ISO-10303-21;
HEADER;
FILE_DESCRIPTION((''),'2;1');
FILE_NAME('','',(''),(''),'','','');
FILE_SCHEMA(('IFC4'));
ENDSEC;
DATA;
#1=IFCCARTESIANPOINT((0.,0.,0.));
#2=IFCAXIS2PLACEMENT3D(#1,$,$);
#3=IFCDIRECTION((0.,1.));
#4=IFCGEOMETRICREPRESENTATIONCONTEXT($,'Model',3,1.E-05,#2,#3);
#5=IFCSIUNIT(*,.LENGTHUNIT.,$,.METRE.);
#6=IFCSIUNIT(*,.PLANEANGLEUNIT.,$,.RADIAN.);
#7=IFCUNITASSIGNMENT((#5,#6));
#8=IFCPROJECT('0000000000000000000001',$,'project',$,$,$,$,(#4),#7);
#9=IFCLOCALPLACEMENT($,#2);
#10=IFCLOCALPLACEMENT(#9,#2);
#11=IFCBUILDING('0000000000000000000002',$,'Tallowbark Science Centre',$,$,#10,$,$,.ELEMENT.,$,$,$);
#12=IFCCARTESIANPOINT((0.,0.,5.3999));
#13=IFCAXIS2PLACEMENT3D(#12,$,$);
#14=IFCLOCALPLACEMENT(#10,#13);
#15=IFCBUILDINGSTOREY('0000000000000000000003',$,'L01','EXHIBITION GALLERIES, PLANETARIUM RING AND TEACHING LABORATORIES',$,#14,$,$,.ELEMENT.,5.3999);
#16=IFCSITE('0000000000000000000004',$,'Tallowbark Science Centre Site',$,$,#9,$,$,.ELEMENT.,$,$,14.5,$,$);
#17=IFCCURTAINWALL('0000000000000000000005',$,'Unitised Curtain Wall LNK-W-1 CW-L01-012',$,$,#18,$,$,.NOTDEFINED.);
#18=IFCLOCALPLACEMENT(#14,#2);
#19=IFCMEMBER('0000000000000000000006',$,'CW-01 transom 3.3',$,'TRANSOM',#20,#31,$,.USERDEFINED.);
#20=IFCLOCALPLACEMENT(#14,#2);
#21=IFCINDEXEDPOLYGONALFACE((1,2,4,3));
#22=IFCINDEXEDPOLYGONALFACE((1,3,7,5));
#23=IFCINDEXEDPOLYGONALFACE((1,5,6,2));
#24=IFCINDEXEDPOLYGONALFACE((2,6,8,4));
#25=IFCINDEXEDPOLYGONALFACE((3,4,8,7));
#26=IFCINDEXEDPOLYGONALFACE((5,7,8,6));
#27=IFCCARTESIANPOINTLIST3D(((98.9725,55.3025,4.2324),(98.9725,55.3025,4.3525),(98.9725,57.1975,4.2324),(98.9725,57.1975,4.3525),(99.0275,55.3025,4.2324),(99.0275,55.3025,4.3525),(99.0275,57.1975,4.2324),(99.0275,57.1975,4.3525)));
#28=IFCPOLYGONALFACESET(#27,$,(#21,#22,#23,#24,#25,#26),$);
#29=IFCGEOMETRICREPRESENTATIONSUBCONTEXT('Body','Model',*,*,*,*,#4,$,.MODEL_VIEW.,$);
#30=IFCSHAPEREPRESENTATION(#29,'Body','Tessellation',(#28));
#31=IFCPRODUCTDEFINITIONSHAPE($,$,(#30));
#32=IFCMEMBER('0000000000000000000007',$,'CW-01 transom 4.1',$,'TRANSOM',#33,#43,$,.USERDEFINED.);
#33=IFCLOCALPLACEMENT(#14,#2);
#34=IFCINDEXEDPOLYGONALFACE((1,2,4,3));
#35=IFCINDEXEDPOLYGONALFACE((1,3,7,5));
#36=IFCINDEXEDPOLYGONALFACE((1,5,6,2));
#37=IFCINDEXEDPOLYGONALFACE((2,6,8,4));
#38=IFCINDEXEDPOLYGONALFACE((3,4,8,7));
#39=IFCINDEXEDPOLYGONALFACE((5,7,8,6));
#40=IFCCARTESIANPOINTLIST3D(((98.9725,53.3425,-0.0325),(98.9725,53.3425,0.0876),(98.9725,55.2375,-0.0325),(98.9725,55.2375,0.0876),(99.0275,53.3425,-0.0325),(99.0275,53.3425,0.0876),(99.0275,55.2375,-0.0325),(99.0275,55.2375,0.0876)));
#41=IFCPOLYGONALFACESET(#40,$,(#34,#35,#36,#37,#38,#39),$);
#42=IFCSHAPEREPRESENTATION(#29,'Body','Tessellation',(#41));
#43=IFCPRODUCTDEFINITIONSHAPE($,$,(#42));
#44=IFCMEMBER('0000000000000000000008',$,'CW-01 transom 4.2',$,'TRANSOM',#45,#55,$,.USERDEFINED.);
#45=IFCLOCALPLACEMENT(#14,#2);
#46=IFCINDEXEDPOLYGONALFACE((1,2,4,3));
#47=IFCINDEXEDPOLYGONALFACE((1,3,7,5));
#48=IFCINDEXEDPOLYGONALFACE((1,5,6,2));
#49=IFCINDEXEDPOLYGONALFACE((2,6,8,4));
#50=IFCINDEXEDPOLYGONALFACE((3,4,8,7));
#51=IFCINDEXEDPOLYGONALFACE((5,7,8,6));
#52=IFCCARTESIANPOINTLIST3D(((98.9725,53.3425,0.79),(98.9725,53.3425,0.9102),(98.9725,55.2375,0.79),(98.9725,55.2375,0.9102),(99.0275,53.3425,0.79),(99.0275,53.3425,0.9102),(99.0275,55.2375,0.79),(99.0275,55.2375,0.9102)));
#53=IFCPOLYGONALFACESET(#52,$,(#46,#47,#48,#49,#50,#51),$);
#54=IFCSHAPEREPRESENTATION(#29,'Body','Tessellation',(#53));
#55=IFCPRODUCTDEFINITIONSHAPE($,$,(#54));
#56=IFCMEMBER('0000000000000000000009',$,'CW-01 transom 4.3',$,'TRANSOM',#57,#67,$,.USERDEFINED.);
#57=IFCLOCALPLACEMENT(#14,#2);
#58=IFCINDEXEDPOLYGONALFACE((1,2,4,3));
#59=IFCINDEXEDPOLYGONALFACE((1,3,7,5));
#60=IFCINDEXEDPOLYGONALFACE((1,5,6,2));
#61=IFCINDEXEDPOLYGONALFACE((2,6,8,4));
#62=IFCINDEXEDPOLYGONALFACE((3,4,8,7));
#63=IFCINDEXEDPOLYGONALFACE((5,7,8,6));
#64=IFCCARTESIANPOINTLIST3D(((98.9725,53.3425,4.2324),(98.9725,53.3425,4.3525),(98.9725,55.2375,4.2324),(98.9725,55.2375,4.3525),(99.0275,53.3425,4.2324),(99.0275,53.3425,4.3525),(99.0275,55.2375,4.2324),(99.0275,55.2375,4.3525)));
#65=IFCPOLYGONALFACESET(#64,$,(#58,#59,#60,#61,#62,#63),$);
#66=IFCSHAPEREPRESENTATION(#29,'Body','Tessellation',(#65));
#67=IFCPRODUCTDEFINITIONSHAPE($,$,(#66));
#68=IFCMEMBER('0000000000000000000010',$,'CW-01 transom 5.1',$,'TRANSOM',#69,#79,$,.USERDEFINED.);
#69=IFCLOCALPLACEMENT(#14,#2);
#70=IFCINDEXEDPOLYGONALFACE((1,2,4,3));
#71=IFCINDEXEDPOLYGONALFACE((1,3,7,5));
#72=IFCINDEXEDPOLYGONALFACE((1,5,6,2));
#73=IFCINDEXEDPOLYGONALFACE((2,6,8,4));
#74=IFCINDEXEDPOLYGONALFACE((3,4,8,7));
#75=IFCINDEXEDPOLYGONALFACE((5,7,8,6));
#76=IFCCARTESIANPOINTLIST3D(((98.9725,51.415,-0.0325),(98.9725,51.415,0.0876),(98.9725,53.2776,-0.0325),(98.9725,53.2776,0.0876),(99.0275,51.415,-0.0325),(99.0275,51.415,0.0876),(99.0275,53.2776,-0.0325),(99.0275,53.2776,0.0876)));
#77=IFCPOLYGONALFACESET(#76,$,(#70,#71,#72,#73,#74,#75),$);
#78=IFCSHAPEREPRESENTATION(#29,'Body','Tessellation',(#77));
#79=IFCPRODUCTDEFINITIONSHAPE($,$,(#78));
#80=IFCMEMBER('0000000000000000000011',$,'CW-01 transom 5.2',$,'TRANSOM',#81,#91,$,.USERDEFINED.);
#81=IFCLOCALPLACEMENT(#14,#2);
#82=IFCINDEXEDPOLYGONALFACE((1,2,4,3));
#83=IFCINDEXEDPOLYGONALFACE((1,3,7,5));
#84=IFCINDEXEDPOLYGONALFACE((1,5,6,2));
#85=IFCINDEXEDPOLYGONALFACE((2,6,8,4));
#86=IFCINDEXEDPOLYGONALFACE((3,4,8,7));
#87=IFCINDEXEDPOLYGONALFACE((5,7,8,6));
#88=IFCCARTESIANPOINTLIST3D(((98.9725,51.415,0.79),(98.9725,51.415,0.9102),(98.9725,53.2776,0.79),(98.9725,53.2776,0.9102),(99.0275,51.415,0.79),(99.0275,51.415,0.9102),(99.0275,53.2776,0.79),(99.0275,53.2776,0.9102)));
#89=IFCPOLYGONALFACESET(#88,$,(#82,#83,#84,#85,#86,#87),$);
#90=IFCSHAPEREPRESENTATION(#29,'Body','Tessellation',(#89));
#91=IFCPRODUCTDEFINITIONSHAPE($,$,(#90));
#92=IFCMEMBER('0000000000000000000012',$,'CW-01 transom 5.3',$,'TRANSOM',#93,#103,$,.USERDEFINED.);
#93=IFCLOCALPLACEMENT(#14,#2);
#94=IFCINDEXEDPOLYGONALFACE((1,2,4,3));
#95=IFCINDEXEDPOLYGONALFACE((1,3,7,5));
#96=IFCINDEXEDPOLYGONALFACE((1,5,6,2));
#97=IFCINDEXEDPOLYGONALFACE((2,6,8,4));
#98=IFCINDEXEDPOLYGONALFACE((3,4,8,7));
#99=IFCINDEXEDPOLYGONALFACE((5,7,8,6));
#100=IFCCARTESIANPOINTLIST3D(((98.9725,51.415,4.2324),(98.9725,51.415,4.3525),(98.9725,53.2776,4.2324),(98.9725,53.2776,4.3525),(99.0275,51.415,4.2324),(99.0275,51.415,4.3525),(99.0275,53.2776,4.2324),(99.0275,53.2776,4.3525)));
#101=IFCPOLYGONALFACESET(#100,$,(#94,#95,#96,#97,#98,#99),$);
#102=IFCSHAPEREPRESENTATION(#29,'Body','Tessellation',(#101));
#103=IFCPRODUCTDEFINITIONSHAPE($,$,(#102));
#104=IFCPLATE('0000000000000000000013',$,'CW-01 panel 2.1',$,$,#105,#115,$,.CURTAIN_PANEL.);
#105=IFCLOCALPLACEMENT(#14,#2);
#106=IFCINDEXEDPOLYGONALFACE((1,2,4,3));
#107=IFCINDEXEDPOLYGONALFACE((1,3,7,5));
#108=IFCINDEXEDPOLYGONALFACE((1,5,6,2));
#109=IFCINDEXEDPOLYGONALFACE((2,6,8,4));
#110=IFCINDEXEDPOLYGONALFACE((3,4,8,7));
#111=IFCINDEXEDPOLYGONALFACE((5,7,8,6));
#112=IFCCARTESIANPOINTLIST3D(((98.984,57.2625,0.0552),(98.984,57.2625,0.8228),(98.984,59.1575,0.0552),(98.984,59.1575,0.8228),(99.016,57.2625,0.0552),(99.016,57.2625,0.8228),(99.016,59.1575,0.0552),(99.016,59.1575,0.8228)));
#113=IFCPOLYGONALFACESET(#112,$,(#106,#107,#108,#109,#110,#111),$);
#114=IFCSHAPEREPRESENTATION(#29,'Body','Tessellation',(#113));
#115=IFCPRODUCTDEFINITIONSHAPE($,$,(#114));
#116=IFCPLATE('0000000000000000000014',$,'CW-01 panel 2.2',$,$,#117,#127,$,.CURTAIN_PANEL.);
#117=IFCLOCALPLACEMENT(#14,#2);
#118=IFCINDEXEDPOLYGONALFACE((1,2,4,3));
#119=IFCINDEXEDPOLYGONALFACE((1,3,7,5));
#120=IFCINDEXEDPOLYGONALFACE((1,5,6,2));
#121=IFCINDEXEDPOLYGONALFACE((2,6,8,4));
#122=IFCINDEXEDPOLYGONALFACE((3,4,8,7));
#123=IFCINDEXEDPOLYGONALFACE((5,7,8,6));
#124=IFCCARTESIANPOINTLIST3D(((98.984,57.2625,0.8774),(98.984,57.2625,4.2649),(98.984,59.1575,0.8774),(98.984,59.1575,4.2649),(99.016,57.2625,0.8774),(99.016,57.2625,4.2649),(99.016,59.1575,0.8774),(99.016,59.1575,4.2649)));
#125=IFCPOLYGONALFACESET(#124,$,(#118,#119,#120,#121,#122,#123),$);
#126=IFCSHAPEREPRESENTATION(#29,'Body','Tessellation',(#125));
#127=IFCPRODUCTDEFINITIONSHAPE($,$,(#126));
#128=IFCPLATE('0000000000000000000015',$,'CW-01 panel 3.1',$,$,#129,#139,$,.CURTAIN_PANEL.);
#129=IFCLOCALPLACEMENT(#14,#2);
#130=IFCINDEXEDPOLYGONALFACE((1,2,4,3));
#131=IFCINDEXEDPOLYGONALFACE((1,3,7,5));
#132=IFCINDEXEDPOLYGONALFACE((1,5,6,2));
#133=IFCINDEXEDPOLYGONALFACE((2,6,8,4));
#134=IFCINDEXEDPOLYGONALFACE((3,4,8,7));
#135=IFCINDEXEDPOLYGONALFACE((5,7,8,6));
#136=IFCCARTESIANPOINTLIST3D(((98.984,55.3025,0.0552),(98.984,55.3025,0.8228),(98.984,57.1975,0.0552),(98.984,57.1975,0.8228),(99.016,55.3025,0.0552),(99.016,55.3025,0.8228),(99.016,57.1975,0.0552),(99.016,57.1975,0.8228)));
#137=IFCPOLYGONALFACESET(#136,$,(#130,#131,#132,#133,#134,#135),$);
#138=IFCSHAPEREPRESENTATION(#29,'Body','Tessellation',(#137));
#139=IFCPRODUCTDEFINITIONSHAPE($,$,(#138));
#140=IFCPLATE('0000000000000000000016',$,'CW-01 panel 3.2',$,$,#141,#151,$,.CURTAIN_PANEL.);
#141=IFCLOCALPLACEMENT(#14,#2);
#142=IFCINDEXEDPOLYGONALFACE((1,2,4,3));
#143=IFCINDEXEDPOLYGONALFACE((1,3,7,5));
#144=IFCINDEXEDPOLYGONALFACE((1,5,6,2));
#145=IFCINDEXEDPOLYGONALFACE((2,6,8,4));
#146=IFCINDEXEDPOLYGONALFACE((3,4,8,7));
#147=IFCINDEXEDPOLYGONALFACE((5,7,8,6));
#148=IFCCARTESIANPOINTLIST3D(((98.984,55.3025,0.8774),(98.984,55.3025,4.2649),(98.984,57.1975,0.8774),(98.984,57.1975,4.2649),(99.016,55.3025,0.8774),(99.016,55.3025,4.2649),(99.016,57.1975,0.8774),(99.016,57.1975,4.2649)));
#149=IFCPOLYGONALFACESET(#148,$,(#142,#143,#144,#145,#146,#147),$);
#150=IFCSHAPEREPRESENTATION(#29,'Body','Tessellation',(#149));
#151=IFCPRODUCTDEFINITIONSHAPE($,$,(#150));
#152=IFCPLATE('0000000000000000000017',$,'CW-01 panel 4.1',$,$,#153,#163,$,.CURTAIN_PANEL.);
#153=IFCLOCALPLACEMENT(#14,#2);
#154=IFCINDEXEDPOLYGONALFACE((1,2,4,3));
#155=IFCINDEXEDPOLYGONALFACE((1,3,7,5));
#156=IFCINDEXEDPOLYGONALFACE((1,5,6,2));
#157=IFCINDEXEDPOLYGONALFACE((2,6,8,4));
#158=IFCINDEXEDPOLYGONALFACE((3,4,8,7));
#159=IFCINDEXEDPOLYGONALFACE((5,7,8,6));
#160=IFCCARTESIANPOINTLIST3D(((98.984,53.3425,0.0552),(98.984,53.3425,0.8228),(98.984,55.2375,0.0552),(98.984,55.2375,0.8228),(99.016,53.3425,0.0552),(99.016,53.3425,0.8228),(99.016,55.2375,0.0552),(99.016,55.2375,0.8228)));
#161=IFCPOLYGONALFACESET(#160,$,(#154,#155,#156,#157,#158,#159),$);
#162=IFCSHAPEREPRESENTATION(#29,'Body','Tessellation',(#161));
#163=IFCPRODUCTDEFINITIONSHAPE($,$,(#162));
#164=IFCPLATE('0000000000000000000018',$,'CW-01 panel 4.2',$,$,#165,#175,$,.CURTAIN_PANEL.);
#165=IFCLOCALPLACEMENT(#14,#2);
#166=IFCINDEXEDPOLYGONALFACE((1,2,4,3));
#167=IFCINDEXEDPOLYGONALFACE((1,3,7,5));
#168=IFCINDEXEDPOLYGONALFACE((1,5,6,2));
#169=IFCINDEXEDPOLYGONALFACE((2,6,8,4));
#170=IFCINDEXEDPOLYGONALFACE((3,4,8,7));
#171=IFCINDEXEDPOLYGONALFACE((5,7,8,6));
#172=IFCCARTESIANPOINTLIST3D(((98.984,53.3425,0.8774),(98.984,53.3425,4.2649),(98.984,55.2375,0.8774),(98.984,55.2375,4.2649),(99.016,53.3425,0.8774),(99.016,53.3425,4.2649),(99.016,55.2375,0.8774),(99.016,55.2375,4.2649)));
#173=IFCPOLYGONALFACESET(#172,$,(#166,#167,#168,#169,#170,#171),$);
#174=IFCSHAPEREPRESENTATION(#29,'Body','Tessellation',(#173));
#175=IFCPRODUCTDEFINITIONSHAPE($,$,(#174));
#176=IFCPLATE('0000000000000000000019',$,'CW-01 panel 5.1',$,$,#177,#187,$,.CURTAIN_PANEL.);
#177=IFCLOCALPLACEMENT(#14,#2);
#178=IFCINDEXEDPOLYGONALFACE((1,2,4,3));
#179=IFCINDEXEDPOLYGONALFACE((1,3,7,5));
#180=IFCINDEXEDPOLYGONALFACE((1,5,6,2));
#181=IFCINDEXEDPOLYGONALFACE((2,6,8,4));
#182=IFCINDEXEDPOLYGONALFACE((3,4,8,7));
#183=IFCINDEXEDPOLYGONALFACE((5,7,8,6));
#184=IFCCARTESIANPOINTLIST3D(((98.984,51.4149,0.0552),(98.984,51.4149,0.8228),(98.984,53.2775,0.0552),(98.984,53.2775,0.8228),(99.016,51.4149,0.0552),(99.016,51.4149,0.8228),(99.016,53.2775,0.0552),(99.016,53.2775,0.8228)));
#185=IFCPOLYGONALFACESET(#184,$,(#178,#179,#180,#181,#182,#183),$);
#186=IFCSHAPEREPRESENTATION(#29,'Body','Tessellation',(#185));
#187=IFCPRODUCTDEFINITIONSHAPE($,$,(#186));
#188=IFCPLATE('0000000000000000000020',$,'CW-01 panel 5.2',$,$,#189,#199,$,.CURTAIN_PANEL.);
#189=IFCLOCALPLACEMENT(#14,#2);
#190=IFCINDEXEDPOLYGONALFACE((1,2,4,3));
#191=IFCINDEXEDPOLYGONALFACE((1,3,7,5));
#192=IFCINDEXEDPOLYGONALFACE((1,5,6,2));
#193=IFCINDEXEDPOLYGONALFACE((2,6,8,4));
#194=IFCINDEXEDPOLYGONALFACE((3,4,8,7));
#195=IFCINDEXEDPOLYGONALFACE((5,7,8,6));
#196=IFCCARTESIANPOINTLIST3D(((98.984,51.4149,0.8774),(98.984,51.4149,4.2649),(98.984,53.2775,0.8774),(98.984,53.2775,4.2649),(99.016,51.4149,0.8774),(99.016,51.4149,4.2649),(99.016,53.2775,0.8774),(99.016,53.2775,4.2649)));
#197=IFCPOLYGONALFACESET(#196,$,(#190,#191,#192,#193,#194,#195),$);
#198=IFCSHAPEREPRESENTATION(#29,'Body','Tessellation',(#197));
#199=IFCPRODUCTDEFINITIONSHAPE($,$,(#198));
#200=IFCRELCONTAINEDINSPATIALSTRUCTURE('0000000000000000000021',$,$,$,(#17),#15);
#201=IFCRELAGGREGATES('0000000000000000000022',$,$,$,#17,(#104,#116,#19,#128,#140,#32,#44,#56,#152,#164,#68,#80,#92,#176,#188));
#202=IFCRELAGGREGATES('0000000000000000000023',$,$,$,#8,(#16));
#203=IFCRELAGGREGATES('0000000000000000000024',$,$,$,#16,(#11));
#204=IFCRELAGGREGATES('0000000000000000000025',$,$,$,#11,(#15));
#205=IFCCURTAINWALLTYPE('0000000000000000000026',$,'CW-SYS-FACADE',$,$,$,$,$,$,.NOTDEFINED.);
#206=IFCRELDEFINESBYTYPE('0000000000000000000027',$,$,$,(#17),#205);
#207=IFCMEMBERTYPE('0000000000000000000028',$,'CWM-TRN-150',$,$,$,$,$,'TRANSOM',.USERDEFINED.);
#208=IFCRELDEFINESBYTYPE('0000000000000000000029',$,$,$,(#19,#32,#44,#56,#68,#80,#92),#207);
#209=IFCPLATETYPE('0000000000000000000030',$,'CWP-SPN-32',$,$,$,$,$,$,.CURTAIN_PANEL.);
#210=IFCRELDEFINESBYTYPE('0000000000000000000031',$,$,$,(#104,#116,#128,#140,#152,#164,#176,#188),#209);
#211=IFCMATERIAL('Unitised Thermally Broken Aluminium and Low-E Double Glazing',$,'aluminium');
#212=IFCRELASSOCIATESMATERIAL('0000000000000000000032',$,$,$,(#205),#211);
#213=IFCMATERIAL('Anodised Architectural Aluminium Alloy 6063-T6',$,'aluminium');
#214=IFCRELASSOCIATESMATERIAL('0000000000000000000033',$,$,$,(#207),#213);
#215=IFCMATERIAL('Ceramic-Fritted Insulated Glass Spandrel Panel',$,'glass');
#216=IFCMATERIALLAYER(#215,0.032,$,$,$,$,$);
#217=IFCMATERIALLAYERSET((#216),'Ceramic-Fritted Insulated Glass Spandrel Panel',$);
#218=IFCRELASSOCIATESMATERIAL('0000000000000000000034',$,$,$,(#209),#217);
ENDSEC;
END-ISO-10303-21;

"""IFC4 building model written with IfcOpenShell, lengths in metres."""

from ifc_helpers import new_model, si_unit, direction, frame, origin, origin_2d, place, context, subcontext, project, spatial, rectangle, extrude, material, layer, layer_set, material_profile, profile_set, type_object, element, aggregate, save


model = new_model("IFC4")

# Units and contexts
model_context = context("Model", 3, precision=1e-05, world=origin(), true_north=direction((0.0, 1.0)))
body_context = subcontext(model_context, "Body", "Model", "MODEL_VIEW")
ifc_project = project(units=[si_unit("LENGTHUNIT", "METRE"), si_unit("PLANEANGLEUNIT", "RADIAN")], contexts=[model_context])

# Site, building, storey
site_placement = place(None, origin())
site = spatial("IfcSite", under=ifc_project, at=site_placement, Name="Tallowbark Science Centre Site", CompositionType="ELEMENT", RefElevation=14.5)
building_placement = place(site_placement, origin())
building = spatial("IfcBuilding", under=site, at=building_placement, Name="Tallowbark Science Centre", CompositionType="ELEMENT")
storey_placement = place(building_placement, frame((0.0, 0.0, 5.3999)))
storey = spatial("IfcBuildingStorey", under=building, at=storey_placement, Name="L01", Description="EXHIBITION GALLERIES, PLANETARIUM RING AND TEACHING LABORATORIES", CompositionType="ELEMENT", Elevation=5.3999)

# Curtain wall, members, plates
ifc_material_1 = material(Name="Unitised Thermally Broken Aluminium and Low-E Double Glazing", Category="aluminium")
curtain_wall_type = type_object("IfcCurtainWallType", Name="CW-SYS-FACADE", PredefinedType="NOTDEFINED", material=ifc_material_1)
curtain_wall_placement = place(storey_placement, origin())
curtain_wall = element("IfcCurtainWall", 1, at=curtain_wall_placement, inside=storey, type_object=curtain_wall_type, Name="Unitised Curtain Wall LNK-W-1 CW-L01-012", PredefinedType="NOTDEFINED")
ifc_material_2 = material(Name="Anodised Architectural Aluminium Alloy 6063-T6", Category="aluminium")
ifc_material_profile_1 = material_profile(ifc_material_2, rectangle(XDim=0.0549, YDim=0.1201, at=origin_2d()), Name="ALU55x120")
ifc_profile_set_1 = profile_set([ifc_material_profile_1], Name="Anodised Architectural Aluminium Alloy 6063-T6")
member_type_1 = type_object("IfcMemberType", Name="CWM-TRN-150", ElementType="TRANSOM", PredefinedType="USERDEFINED", material=ifc_profile_set_1)
member_1_placement = place(storey_placement, frame((99.0, 57.1975, 4.2925), z_axis=(0.0, -1.0, 0.0), x_axis=(1.0, 0.0, 0.0)))
member_1 = element("IfcMember", 2, at=member_1_placement, type_object=member_type_1, Name="CW-01 transom 3.3", ObjectType="TRANSOM", PredefinedType="USERDEFINED", context=body_context, shape_type="SweptSolid", body=[
    extrude(rectangle(XDim=0.0549, YDim=0.1201, at=origin_2d()), origin(), (0.0, 0.0, 1.0), 1.895),
])
member_2_placement = place(storey_placement, frame((99.0, 55.2375, 0.0276), z_axis=(0.0, -1.0, 0.0), x_axis=(1.0, 0.0, 0.0)))
member_2 = element("IfcMember", 3, at=member_2_placement, type_object=member_type_1, Name="CW-01 transom 4.1", ObjectType="TRANSOM", PredefinedType="USERDEFINED", context=body_context, shape_type="SweptSolid", body=[
    extrude(rectangle(XDim=0.0549, YDim=0.1201, at=origin_2d()), origin(), (0.0, 0.0, 1.0), 1.895),
])
member_3_placement = place(storey_placement, frame((99.0, 55.2375, 0.8501), z_axis=(0.0, -1.0, 0.0), x_axis=(1.0, 0.0, 0.0)))
member_3 = element("IfcMember", 4, at=member_3_placement, type_object=member_type_1, Name="CW-01 transom 4.2", ObjectType="TRANSOM", PredefinedType="USERDEFINED", context=body_context, shape_type="SweptSolid", body=[
    extrude(rectangle(XDim=0.0549, YDim=0.1201, at=origin_2d()), origin(), (0.0, 0.0, 1.0), 1.895),
])
member_4_placement = place(storey_placement, frame((99.0, 55.2375, 4.2925), z_axis=(0.0, -1.0, 0.0), x_axis=(1.0, 0.0, 0.0)))
member_4 = element("IfcMember", 5, at=member_4_placement, type_object=member_type_1, Name="CW-01 transom 4.3", ObjectType="TRANSOM", PredefinedType="USERDEFINED", context=body_context, shape_type="SweptSolid", body=[
    extrude(rectangle(XDim=0.0549, YDim=0.1201, at=origin_2d()), origin(), (0.0, 0.0, 1.0), 1.895),
])
member_5_placement = place(storey_placement, frame((99.0, 53.2776, 0.0276), z_axis=(0.0, -1.0, 0.0), x_axis=(1.0, 0.0, 0.0)))
member_5 = element("IfcMember", 6, at=member_5_placement, type_object=member_type_1, Name="CW-01 transom 5.1", ObjectType="TRANSOM", PredefinedType="USERDEFINED", context=body_context, shape_type="SweptSolid", body=[
    extrude(rectangle(XDim=0.0549, YDim=0.1201, at=origin_2d()), origin(), (0.0, 0.0, 1.0), 1.8625),
])
member_6_placement = place(storey_placement, frame((99.0, 53.2776, 0.8501), z_axis=(0.0, -1.0, 0.0), x_axis=(1.0, 0.0, 0.0)))
member_6 = element("IfcMember", 7, at=member_6_placement, type_object=member_type_1, Name="CW-01 transom 5.2", ObjectType="TRANSOM", PredefinedType="USERDEFINED", context=body_context, shape_type="SweptSolid", body=[
    extrude(rectangle(XDim=0.0549, YDim=0.1201, at=origin_2d()), origin(), (0.0, 0.0, 1.0), 1.8625),
])
member_7_placement = place(storey_placement, frame((99.0, 53.2776, 4.2925), z_axis=(0.0, -1.0, 0.0), x_axis=(1.0, 0.0, 0.0)))
member_7 = element("IfcMember", 8, at=member_7_placement, type_object=member_type_1, Name="CW-01 transom 5.3", ObjectType="TRANSOM", PredefinedType="USERDEFINED", context=body_context, shape_type="SweptSolid", body=[
    extrude(rectangle(XDim=0.0549, YDim=0.1201, at=origin_2d()), origin(), (0.0, 0.0, 1.0), 1.8625),
])
ifc_material_3 = material(Name="Ceramic-Fritted Insulated Glass Spandrel Panel", Category="glass")
ifc_layer_1 = layer(ifc_material_3, 0.032)
ifc_layer_set_1 = layer_set([ifc_layer_1], Name="Ceramic-Fritted Insulated Glass Spandrel Panel")
plate_type = type_object("IfcPlateType", Name="CWP-SPN-32", PredefinedType="CURTAIN_PANEL", material=ifc_layer_set_1)
plate_1_placement = place(storey_placement, frame((99.0, 58.21, 0.0552), z_axis=(0.0, 0.0, 1.0), x_axis=(0.0, -1.0, 0.0)))
plate_1 = element("IfcPlate", 9, at=plate_1_placement, type_object=plate_type, Name="CW-01 panel 2.1", PredefinedType="CURTAIN_PANEL", context=body_context, shape_type="SweptSolid", body=[
    extrude(rectangle(XDim=1.895, YDim=0.032, at=origin_2d()), origin(), (0.0, 0.0, 1.0), 0.7676),
])
plate_2_placement = place(storey_placement, frame((99.0, 58.21, 0.8774), z_axis=(0.0, 0.0, 1.0), x_axis=(0.0, -1.0, 0.0)))
plate_2 = element("IfcPlate", 10, at=plate_2_placement, type_object=plate_type, Name="CW-01 panel 2.2", PredefinedType="CURTAIN_PANEL", context=body_context, shape_type="SweptSolid", body=[
    extrude(rectangle(XDim=1.895, YDim=0.032, at=origin_2d()), origin(), (0.0, 0.0, 1.0), 3.3875),
])
plate_3_placement = place(storey_placement, frame((99.0, 56.25, 0.0552), z_axis=(0.0, 0.0, 1.0), x_axis=(0.0, -1.0, 0.0)))
plate_3 = element("IfcPlate", 11, at=plate_3_placement, type_object=plate_type, Name="CW-01 panel 3.1", PredefinedType="CURTAIN_PANEL", context=body_context, shape_type="SweptSolid", body=[
    extrude(rectangle(XDim=1.895, YDim=0.032, at=origin_2d()), origin(), (0.0, 0.0, 1.0), 0.7676),
])
plate_4_placement = place(storey_placement, frame((99.0, 56.25, 0.8774), z_axis=(0.0, 0.0, 1.0), x_axis=(0.0, -1.0, 0.0)))
plate_4 = element("IfcPlate", 12, at=plate_4_placement, type_object=plate_type, Name="CW-01 panel 3.2", PredefinedType="CURTAIN_PANEL", context=body_context, shape_type="SweptSolid", body=[
    extrude(rectangle(XDim=1.895, YDim=0.032, at=origin_2d()), origin(), (0.0, 0.0, 1.0), 3.3875),
])
plate_5_placement = place(storey_placement, frame((99.0, 54.29, 0.0552), z_axis=(0.0, 0.0, 1.0), x_axis=(0.0, -1.0, 0.0)))
plate_5 = element("IfcPlate", 13, at=plate_5_placement, type_object=plate_type, Name="CW-01 panel 4.1", PredefinedType="CURTAIN_PANEL", context=body_context, shape_type="SweptSolid", body=[
    extrude(rectangle(XDim=1.895, YDim=0.032, at=origin_2d()), origin(), (0.0, 0.0, 1.0), 0.7676),
])
plate_6_placement = place(storey_placement, frame((99.0, 54.29, 0.8774), z_axis=(0.0, 0.0, 1.0), x_axis=(0.0, -1.0, 0.0)))
plate_6 = element("IfcPlate", 14, at=plate_6_placement, type_object=plate_type, Name="CW-01 panel 4.2", PredefinedType="CURTAIN_PANEL", context=body_context, shape_type="SweptSolid", body=[
    extrude(rectangle(XDim=1.895, YDim=0.032, at=origin_2d()), origin(), (0.0, 0.0, 1.0), 3.3875),
])
plate_7_placement = place(storey_placement, frame((99.0, 52.3462, 0.0552), z_axis=(0.0, 0.0, 1.0), x_axis=(0.0, -1.0, 0.0)))
plate_7 = element("IfcPlate", 15, at=plate_7_placement, type_object=plate_type, Name="CW-01 panel 5.1", PredefinedType="CURTAIN_PANEL", context=body_context, shape_type="SweptSolid", body=[
    extrude(rectangle(XDim=1.8625, YDim=0.032, at=origin_2d()), origin(), (0.0, 0.0, 1.0), 0.7676),
])
plate_8_placement = place(storey_placement, frame((99.0, 52.3462, 0.8774), z_axis=(0.0, 0.0, 1.0), x_axis=(0.0, -1.0, 0.0)))
plate_8 = element("IfcPlate", 16, at=plate_8_placement, type_object=plate_type, Name="CW-01 panel 5.2", PredefinedType="CURTAIN_PANEL", context=body_context, shape_type="SweptSolid", body=[
    extrude(rectangle(XDim=1.8625, YDim=0.032, at=origin_2d()), origin(), (0.0, 0.0, 1.0), 3.3875),
])
aggregate(curtain_wall, [plate_1, plate_2, member_1, plate_3, plate_4, member_2, member_3, member_4, plate_5, plate_6, member_5, member_6, member_7, plate_7, plate_8])

save(model, "model.ifc")
